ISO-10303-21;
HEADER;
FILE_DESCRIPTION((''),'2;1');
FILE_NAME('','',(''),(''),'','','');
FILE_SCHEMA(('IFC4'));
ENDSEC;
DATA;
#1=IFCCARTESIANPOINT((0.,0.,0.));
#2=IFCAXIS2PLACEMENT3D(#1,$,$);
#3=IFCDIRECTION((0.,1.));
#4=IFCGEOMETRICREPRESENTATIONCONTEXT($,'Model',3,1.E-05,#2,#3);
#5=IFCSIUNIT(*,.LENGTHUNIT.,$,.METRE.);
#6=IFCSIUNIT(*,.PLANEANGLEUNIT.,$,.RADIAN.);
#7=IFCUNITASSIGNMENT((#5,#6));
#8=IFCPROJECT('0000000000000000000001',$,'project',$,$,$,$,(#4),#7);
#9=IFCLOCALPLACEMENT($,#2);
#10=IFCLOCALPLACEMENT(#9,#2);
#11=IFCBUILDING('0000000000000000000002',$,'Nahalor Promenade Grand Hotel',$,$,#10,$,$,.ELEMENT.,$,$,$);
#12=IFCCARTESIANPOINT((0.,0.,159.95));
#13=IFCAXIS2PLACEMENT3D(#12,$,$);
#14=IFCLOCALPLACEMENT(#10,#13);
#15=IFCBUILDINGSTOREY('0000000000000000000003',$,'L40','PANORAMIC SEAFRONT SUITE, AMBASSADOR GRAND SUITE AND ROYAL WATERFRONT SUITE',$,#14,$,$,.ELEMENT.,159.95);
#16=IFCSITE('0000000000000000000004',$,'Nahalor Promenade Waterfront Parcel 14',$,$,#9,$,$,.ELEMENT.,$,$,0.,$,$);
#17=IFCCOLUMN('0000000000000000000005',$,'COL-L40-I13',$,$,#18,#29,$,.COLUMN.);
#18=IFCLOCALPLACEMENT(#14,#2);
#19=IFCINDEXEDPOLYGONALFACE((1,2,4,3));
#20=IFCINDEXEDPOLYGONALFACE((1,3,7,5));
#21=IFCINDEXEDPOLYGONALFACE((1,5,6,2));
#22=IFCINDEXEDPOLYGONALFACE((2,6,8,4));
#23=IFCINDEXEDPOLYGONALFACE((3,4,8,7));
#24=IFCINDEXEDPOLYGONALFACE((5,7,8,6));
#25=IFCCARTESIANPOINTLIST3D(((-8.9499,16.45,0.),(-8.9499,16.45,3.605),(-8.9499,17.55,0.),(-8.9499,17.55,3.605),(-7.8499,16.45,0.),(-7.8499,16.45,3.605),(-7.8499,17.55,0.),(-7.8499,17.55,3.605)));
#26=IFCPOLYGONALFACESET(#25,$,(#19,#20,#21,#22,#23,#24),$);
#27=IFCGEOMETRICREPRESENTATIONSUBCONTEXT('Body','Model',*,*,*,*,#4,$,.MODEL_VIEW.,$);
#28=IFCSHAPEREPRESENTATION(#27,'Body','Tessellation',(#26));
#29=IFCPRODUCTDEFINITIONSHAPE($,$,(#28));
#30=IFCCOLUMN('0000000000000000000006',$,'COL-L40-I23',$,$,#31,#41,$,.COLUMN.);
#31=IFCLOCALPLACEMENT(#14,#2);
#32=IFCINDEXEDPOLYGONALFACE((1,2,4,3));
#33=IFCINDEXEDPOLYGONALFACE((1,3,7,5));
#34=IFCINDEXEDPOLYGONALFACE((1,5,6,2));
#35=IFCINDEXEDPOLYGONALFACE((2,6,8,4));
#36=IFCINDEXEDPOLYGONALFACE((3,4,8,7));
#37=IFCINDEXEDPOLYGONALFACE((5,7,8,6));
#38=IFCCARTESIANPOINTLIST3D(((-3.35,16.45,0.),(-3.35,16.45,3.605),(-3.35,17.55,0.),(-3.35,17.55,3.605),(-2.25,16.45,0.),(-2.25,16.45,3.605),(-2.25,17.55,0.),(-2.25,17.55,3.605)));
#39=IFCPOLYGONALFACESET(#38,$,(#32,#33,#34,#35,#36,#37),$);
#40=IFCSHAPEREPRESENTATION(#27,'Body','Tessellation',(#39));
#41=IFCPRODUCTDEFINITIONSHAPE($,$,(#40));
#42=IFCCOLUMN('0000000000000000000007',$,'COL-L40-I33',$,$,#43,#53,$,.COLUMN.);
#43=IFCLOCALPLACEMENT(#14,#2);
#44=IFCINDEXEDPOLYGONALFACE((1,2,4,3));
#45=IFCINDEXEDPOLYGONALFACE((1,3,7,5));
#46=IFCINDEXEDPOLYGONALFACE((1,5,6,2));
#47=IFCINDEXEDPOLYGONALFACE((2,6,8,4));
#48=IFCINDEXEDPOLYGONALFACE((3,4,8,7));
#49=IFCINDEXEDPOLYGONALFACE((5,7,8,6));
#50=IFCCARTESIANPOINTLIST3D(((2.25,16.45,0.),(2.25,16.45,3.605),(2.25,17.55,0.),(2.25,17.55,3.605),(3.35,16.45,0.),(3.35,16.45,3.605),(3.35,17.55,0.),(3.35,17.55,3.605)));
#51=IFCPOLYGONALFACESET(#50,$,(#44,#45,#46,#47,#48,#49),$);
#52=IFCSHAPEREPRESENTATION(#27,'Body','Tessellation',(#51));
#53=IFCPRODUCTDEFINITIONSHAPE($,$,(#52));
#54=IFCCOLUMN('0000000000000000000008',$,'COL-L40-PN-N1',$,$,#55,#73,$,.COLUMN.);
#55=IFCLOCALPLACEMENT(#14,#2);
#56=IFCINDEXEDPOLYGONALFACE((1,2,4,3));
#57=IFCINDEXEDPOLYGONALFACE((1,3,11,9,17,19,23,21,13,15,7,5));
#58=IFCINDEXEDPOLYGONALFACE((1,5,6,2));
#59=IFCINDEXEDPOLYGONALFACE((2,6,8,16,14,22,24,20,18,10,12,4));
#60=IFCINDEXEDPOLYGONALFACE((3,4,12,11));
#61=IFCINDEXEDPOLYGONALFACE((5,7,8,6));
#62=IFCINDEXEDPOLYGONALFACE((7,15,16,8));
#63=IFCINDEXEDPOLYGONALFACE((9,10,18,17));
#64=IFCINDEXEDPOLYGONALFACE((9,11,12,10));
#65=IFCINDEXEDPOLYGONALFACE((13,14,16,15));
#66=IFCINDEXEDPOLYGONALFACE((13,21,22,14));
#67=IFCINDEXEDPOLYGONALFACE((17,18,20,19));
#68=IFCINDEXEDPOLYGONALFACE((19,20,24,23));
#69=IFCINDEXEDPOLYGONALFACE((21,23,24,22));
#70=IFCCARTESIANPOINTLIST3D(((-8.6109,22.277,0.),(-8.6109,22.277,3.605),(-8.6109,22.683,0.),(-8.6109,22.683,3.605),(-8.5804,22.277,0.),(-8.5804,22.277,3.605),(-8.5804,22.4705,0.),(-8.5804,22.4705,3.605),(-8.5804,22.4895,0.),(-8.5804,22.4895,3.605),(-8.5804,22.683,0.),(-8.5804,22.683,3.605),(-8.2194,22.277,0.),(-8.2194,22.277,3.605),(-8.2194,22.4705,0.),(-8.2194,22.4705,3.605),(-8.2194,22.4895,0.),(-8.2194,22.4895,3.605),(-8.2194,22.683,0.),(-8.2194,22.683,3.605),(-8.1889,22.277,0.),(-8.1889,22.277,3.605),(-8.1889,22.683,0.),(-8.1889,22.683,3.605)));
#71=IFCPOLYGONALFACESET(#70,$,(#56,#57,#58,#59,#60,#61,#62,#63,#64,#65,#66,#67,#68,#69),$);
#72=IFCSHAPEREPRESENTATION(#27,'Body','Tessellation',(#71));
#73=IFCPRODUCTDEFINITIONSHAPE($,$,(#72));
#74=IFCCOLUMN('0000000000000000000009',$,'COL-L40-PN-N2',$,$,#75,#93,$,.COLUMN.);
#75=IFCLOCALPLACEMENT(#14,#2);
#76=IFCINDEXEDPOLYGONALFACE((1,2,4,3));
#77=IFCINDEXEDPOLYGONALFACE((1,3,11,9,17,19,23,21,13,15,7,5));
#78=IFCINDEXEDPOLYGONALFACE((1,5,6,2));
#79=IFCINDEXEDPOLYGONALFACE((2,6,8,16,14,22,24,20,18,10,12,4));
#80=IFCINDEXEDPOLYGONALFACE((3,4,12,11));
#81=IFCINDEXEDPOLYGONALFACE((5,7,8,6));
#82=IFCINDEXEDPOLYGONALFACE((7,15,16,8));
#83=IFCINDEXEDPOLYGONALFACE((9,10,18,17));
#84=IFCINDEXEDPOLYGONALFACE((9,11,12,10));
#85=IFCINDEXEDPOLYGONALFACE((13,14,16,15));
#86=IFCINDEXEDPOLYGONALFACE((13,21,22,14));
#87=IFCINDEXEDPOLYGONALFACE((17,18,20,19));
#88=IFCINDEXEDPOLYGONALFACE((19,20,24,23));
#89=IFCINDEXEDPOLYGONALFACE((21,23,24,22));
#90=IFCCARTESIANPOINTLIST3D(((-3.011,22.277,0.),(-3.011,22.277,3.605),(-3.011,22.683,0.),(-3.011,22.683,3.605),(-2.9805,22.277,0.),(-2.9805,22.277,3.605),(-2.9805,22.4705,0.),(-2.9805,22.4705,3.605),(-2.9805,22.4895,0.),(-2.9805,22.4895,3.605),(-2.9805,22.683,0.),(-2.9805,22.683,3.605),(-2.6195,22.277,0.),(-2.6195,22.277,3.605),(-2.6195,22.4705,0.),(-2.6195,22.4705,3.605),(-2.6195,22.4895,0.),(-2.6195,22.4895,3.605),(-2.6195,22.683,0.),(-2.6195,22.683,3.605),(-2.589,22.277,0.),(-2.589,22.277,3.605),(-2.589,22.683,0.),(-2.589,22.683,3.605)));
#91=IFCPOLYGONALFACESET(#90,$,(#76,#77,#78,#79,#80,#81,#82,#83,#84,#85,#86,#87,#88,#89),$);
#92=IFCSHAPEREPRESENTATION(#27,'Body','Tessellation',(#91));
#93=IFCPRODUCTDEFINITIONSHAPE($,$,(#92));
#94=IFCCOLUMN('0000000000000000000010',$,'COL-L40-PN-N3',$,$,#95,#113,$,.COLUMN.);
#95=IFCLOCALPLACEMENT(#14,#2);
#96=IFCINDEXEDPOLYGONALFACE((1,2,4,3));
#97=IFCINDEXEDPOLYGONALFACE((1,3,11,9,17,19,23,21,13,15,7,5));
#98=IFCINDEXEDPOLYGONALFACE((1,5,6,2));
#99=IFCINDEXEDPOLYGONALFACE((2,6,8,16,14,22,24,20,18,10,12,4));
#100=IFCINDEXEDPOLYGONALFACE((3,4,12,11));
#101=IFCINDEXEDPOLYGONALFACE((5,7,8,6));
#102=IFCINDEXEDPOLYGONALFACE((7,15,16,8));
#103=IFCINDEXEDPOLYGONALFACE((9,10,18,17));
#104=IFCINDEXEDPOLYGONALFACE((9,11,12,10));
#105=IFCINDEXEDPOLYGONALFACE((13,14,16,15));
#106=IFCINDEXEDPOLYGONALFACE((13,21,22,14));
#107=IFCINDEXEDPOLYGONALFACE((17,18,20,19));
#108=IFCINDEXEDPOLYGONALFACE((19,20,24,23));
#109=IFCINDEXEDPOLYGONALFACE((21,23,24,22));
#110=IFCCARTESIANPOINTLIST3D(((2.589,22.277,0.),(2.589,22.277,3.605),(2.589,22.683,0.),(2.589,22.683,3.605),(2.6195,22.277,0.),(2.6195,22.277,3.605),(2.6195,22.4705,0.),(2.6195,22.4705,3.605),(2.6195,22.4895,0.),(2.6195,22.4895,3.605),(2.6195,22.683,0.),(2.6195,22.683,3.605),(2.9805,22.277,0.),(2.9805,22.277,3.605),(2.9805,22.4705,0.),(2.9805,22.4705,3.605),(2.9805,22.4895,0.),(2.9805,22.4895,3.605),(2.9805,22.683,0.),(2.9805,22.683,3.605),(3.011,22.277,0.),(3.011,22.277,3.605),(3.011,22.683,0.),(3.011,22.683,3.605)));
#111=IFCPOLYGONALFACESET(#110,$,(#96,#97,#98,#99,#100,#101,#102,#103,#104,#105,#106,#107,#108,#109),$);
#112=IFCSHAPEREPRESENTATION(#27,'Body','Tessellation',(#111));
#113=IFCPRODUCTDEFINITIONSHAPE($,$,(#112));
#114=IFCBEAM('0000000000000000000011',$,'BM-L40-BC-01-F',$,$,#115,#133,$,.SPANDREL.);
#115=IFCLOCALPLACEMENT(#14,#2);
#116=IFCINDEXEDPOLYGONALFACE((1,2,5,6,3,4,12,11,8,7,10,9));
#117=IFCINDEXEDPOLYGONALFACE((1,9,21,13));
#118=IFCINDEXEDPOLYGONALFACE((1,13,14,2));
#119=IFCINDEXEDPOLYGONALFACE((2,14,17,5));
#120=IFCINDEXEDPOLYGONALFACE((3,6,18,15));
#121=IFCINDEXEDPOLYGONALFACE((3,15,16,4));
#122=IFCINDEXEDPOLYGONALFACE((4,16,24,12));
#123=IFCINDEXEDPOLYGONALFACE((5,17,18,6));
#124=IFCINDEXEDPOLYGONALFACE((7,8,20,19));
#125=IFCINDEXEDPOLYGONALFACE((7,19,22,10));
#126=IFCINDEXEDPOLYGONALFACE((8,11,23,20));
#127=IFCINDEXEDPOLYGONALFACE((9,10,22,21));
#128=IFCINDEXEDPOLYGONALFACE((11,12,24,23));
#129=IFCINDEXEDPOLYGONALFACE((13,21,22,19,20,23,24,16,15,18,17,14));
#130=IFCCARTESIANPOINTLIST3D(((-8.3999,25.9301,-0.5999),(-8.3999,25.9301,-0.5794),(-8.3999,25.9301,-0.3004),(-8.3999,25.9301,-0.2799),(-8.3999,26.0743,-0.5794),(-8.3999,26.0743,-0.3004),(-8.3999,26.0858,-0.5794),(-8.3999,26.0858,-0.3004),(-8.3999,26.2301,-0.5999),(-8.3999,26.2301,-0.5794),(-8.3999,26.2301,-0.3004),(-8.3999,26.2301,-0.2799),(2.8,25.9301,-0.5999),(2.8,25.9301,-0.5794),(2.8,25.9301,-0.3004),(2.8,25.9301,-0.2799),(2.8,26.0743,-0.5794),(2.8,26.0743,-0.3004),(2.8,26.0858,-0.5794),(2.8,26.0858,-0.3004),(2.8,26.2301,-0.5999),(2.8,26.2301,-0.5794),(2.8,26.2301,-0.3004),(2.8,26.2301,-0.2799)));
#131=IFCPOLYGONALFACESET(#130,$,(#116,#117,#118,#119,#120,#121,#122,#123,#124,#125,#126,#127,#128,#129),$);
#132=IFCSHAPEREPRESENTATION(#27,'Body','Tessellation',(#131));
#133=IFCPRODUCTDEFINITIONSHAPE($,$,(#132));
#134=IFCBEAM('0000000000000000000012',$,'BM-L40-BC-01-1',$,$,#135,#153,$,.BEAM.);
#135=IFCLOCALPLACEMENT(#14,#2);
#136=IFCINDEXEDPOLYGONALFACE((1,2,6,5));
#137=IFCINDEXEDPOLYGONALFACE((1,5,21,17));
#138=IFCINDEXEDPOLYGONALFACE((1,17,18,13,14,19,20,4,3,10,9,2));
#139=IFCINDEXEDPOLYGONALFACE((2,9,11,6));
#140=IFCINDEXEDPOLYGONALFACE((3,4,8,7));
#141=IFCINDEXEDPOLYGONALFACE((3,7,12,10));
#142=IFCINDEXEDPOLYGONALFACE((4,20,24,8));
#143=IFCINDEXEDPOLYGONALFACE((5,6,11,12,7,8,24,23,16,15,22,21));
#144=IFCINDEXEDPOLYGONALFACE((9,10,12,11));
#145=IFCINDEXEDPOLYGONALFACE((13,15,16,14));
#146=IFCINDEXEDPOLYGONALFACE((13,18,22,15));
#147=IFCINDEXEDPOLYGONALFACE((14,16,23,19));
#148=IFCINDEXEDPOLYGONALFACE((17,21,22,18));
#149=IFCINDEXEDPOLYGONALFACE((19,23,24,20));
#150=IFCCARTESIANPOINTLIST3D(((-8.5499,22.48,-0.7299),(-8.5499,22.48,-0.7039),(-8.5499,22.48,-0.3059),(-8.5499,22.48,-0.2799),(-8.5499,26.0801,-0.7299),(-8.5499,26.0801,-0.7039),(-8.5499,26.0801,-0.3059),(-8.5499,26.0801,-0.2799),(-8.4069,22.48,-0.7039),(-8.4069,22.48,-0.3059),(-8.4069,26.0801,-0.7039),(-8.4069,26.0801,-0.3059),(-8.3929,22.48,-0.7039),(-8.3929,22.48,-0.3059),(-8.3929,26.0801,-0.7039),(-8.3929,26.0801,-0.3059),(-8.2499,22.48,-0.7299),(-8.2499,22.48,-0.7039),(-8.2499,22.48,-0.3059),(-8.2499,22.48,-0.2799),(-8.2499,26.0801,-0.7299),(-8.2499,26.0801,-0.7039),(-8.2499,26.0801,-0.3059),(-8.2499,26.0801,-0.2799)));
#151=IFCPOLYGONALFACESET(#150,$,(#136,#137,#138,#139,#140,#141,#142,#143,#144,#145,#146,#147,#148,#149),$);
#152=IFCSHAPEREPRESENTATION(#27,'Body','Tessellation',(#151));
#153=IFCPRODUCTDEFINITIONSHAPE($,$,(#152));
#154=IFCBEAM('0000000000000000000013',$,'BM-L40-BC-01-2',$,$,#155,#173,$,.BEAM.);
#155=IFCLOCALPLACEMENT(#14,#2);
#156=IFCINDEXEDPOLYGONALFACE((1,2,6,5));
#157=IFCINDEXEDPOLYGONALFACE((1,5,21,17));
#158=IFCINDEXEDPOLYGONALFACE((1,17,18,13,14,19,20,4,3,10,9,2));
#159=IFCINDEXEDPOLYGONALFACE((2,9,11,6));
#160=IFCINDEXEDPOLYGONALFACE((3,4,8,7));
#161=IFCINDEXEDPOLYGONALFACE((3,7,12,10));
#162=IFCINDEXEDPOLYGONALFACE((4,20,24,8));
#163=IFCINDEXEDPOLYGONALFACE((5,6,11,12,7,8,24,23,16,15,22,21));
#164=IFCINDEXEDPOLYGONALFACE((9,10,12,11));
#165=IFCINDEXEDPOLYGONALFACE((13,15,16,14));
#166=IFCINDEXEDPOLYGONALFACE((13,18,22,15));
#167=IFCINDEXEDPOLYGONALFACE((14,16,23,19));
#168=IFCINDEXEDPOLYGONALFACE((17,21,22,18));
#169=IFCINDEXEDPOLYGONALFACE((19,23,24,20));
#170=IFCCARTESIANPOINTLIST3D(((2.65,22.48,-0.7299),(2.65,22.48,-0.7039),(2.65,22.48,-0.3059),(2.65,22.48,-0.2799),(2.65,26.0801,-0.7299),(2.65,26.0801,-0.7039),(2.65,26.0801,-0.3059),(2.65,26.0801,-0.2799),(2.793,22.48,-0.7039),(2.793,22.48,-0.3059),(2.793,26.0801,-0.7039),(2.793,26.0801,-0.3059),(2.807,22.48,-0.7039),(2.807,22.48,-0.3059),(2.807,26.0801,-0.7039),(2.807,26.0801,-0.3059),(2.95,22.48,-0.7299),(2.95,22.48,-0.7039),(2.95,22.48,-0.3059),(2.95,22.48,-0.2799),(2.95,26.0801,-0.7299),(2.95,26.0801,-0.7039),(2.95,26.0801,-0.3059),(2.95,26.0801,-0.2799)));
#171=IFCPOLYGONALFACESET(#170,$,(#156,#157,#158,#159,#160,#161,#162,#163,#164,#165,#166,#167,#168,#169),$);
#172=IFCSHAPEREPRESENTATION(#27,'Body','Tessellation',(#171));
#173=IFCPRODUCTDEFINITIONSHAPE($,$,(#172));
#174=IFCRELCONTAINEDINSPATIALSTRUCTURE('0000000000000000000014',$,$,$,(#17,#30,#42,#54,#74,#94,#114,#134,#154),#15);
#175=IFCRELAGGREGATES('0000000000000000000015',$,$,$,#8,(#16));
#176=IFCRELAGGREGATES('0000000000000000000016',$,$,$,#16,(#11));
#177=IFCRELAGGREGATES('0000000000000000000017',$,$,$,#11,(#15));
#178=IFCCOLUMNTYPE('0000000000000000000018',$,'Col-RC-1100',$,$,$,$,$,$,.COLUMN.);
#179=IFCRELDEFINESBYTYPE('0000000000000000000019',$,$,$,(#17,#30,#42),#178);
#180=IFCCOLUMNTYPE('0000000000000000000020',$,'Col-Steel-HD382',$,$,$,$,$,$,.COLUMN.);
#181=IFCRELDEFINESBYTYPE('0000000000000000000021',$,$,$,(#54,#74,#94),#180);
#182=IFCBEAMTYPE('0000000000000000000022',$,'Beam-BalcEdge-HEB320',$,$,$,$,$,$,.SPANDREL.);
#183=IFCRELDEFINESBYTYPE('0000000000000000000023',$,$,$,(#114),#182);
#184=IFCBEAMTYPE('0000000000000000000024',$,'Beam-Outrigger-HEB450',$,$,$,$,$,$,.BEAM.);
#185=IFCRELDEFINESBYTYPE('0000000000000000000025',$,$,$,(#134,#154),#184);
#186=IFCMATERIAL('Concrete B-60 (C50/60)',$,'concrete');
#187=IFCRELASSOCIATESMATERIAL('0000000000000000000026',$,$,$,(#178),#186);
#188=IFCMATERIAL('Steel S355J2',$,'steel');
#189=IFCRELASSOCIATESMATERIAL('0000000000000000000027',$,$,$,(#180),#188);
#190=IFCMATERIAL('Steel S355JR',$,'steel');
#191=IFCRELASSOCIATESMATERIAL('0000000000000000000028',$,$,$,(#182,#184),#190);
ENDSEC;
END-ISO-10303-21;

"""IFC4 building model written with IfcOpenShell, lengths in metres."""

from ifc_helpers import new_model, si_unit, direction, frame, origin, origin_2d, place, context, subcontext, project, spatial, rectangle, i_section, extrude, source, transform, mapped, material, material_profile, profile_set, type_object, element, save


model = new_model("IFC4")

# Units and contexts
model_context = context("Model", 3, precision=1e-05, world=origin(), true_north=direction((0.0, 1.0)))
body_context = subcontext(model_context, "Body", "Model", "MODEL_VIEW")
ifc_project = project(units=[si_unit("LENGTHUNIT", "METRE"), si_unit("PLANEANGLEUNIT", "RADIAN")], contexts=[model_context])

# Site, building, storey
site_placement = place(None, origin())
site = spatial("IfcSite", under=ifc_project, at=site_placement, Name="Nahalor Promenade Waterfront Parcel 14", CompositionType="ELEMENT", RefElevation=0.0)
building_placement = place(site_placement, origin())
building = spatial("IfcBuilding", under=site, at=building_placement, Name="Nahalor Promenade Grand Hotel", CompositionType="ELEMENT")
storey_placement = place(building_placement, frame((0.0, 0.0, 159.95)))
storey = spatial("IfcBuildingStorey", under=building, at=storey_placement, Name="L40", Description="PANORAMIC SEAFRONT SUITE, AMBASSADOR GRAND SUITE AND ROYAL WATERFRONT SUITE", CompositionType="ELEMENT", Elevation=159.95)

# Columns
ifc_material_1 = material(Name="Concrete B-60 (C50/60)", Category="concrete")
ifc_material_profile_1 = material_profile(ifc_material_1, rectangle(XDim=1.1, YDim=1.1, at=origin_2d()), Name="RC 1100x1100")
ifc_profile_set_1 = profile_set([ifc_material_profile_1], Name="Concrete B-60 (C50/60)")
column_type_1 = type_object("IfcColumnType", Name="Col-RC-1100", PredefinedType="COLUMN", material=ifc_profile_set_1)
shared_shape_1 = source(origin(), body_context, "Body", "SweptSolid", [
    extrude(rectangle(XDim=1.1, YDim=1.1, at=origin_2d()), origin(), (0.0, 0.0, 1.0), 3.605),
])
for number, where, z_axis, x_axis, name in (
    (1, (-8.3999, 17.0, 0.0), (0.0, 0.0, 1.0), (1.0, 0.0, 0.0), "COL-L40-I13"),
    (2, (-2.8, 17.0, 0.0), (0.0, 0.0, 1.0), (1.0, 0.0, 0.0), "COL-L40-I23"),
    (3, (2.8, 17.0, 0.0), (0.0, 0.0, 1.0), (1.0, 0.0, 0.0), "COL-L40-I33"),
):
    element("IfcColumn", number, at=place(storey_placement, frame(where, z_axis=z_axis, x_axis=x_axis)), inside=storey, type_object=column_type_1, Name=name, PredefinedType="COLUMN", context=body_context, shape_type="MappedRepresentation", body=[
        mapped(shared_shape_1, transform((0.0, 0.0, 0.0), scale=1.0)),
    ])
ifc_material_2 = material(Name="Steel S355J2", Category="steel")
ifc_material_profile_2 = material_profile(ifc_material_2, i_section(OverallWidth=0.406, OverallDepth=0.422, WebThickness=0.019, FlangeThickness=0.0305, at=origin_2d()), Name="HD 400x382")
ifc_profile_set_2 = profile_set([ifc_material_profile_2], Name="Steel S355J2")
column_type_2 = type_object("IfcColumnType", Name="Col-Steel-HD382", PredefinedType="COLUMN", material=ifc_profile_set_2)
shared_shape_2 = source(origin(), body_context, "Body", "SweptSolid", [
    extrude(i_section(OverallWidth=0.406, OverallDepth=0.422, WebThickness=0.019, FlangeThickness=0.0305, at=origin_2d()), origin(), (0.0, 0.0, 1.0), 3.605),
])
for number, where, z_axis, x_axis, name in (
    (4, (-8.3999, 22.48, 0.0), (0.0, 0.0, 1.0), (0.0, 1.0, 0.0), "COL-L40-PN-N1"),
    (5, (-2.8, 22.48, 0.0), (0.0, 0.0, 1.0), (0.0, 1.0, 0.0), "COL-L40-PN-N2"),
    (6, (2.8, 22.48, 0.0), (0.0, 0.0, 1.0), (0.0, 1.0, 0.0), "COL-L40-PN-N3"),
):
    element("IfcColumn", number, at=place(storey_placement, frame(where, z_axis=z_axis, x_axis=x_axis)), inside=storey, type_object=column_type_2, Name=name, PredefinedType="COLUMN", context=body_context, shape_type="MappedRepresentation", body=[
        mapped(shared_shape_2, transform((0.0, 0.0, 0.0), scale=1.0)),
    ])

# Beams
ifc_material_3 = material(Name="Steel S355JR", Category="steel")
ifc_material_profile_3 = material_profile(ifc_material_3, i_section(OverallWidth=0.3, OverallDepth=0.32, WebThickness=0.0115, FlangeThickness=0.0205, at=origin_2d()), Name="HEB 320")
ifc_profile_set_3 = profile_set([ifc_material_profile_3], Name="Steel S355JR")
beam_type_1 = type_object("IfcBeamType", Name="Beam-BalcEdge-HEB320", PredefinedType="SPANDREL", material=ifc_profile_set_3)
shared_shape_3 = source(origin(), body_context, "Body", "SweptSolid", [
    extrude(i_section(OverallWidth=0.3, OverallDepth=0.32, WebThickness=0.0115, FlangeThickness=0.0205, at=origin_2d()), origin(), (0.0, 0.0, 1.0), 11.2),
])
beam_1_placement = place(storey_placement, frame((-8.3999, 26.0801, -0.4399), z_axis=(1.0, 0.0, 0.0), x_axis=(0.0, 1.0, 0.0)))
element("IfcBeam", 7, at=beam_1_placement, inside=storey, type_object=beam_type_1, Name="BM-L40-BC-01-F", PredefinedType="SPANDREL", context=body_context, shape_type="MappedRepresentation", body=[
    mapped(shared_shape_3, transform((0.0, 0.0, 0.0), scale=1.0)),
])
ifc_material_profile_4 = material_profile(ifc_material_3, i_section(OverallWidth=0.3, OverallDepth=0.45, WebThickness=0.014, FlangeThickness=0.026, at=origin_2d()), Name="HEB 450")
ifc_profile_set_4 = profile_set([ifc_material_profile_4], Name="Steel S355JR")
beam_type_2 = type_object("IfcBeamType", Name="Beam-Outrigger-HEB450", PredefinedType="BEAM", material=ifc_profile_set_4)
shared_shape_4 = source(origin(), body_context, "Body", "SweptSolid", [
    extrude(i_section(OverallWidth=0.3, OverallDepth=0.45, WebThickness=0.014, FlangeThickness=0.026, at=origin_2d()), origin(), (0.0, 0.0, 1.0), 3.6001),
])
for number, where, z_axis, x_axis, name in (
    (8, (-8.3999, 22.48, -0.5049), (0.0, 1.0, 0.0), (-1.0, 0.0, 0.0), "BM-L40-BC-01-1"),
    (9, (2.8, 22.48, -0.5049), (0.0, 1.0, 0.0), (-1.0, 0.0, 0.0), "BM-L40-BC-01-2"),
):
    element("IfcBeam", number, at=place(storey_placement, frame(where, z_axis=z_axis, x_axis=x_axis)), inside=storey, type_object=beam_type_2, Name=name, PredefinedType="BEAM", context=body_context, shape_type="MappedRepresentation", body=[
        mapped(shared_shape_4, transform((0.0, 0.0, 0.0), scale=1.0)),
    ])

save(model, "model.ifc")
